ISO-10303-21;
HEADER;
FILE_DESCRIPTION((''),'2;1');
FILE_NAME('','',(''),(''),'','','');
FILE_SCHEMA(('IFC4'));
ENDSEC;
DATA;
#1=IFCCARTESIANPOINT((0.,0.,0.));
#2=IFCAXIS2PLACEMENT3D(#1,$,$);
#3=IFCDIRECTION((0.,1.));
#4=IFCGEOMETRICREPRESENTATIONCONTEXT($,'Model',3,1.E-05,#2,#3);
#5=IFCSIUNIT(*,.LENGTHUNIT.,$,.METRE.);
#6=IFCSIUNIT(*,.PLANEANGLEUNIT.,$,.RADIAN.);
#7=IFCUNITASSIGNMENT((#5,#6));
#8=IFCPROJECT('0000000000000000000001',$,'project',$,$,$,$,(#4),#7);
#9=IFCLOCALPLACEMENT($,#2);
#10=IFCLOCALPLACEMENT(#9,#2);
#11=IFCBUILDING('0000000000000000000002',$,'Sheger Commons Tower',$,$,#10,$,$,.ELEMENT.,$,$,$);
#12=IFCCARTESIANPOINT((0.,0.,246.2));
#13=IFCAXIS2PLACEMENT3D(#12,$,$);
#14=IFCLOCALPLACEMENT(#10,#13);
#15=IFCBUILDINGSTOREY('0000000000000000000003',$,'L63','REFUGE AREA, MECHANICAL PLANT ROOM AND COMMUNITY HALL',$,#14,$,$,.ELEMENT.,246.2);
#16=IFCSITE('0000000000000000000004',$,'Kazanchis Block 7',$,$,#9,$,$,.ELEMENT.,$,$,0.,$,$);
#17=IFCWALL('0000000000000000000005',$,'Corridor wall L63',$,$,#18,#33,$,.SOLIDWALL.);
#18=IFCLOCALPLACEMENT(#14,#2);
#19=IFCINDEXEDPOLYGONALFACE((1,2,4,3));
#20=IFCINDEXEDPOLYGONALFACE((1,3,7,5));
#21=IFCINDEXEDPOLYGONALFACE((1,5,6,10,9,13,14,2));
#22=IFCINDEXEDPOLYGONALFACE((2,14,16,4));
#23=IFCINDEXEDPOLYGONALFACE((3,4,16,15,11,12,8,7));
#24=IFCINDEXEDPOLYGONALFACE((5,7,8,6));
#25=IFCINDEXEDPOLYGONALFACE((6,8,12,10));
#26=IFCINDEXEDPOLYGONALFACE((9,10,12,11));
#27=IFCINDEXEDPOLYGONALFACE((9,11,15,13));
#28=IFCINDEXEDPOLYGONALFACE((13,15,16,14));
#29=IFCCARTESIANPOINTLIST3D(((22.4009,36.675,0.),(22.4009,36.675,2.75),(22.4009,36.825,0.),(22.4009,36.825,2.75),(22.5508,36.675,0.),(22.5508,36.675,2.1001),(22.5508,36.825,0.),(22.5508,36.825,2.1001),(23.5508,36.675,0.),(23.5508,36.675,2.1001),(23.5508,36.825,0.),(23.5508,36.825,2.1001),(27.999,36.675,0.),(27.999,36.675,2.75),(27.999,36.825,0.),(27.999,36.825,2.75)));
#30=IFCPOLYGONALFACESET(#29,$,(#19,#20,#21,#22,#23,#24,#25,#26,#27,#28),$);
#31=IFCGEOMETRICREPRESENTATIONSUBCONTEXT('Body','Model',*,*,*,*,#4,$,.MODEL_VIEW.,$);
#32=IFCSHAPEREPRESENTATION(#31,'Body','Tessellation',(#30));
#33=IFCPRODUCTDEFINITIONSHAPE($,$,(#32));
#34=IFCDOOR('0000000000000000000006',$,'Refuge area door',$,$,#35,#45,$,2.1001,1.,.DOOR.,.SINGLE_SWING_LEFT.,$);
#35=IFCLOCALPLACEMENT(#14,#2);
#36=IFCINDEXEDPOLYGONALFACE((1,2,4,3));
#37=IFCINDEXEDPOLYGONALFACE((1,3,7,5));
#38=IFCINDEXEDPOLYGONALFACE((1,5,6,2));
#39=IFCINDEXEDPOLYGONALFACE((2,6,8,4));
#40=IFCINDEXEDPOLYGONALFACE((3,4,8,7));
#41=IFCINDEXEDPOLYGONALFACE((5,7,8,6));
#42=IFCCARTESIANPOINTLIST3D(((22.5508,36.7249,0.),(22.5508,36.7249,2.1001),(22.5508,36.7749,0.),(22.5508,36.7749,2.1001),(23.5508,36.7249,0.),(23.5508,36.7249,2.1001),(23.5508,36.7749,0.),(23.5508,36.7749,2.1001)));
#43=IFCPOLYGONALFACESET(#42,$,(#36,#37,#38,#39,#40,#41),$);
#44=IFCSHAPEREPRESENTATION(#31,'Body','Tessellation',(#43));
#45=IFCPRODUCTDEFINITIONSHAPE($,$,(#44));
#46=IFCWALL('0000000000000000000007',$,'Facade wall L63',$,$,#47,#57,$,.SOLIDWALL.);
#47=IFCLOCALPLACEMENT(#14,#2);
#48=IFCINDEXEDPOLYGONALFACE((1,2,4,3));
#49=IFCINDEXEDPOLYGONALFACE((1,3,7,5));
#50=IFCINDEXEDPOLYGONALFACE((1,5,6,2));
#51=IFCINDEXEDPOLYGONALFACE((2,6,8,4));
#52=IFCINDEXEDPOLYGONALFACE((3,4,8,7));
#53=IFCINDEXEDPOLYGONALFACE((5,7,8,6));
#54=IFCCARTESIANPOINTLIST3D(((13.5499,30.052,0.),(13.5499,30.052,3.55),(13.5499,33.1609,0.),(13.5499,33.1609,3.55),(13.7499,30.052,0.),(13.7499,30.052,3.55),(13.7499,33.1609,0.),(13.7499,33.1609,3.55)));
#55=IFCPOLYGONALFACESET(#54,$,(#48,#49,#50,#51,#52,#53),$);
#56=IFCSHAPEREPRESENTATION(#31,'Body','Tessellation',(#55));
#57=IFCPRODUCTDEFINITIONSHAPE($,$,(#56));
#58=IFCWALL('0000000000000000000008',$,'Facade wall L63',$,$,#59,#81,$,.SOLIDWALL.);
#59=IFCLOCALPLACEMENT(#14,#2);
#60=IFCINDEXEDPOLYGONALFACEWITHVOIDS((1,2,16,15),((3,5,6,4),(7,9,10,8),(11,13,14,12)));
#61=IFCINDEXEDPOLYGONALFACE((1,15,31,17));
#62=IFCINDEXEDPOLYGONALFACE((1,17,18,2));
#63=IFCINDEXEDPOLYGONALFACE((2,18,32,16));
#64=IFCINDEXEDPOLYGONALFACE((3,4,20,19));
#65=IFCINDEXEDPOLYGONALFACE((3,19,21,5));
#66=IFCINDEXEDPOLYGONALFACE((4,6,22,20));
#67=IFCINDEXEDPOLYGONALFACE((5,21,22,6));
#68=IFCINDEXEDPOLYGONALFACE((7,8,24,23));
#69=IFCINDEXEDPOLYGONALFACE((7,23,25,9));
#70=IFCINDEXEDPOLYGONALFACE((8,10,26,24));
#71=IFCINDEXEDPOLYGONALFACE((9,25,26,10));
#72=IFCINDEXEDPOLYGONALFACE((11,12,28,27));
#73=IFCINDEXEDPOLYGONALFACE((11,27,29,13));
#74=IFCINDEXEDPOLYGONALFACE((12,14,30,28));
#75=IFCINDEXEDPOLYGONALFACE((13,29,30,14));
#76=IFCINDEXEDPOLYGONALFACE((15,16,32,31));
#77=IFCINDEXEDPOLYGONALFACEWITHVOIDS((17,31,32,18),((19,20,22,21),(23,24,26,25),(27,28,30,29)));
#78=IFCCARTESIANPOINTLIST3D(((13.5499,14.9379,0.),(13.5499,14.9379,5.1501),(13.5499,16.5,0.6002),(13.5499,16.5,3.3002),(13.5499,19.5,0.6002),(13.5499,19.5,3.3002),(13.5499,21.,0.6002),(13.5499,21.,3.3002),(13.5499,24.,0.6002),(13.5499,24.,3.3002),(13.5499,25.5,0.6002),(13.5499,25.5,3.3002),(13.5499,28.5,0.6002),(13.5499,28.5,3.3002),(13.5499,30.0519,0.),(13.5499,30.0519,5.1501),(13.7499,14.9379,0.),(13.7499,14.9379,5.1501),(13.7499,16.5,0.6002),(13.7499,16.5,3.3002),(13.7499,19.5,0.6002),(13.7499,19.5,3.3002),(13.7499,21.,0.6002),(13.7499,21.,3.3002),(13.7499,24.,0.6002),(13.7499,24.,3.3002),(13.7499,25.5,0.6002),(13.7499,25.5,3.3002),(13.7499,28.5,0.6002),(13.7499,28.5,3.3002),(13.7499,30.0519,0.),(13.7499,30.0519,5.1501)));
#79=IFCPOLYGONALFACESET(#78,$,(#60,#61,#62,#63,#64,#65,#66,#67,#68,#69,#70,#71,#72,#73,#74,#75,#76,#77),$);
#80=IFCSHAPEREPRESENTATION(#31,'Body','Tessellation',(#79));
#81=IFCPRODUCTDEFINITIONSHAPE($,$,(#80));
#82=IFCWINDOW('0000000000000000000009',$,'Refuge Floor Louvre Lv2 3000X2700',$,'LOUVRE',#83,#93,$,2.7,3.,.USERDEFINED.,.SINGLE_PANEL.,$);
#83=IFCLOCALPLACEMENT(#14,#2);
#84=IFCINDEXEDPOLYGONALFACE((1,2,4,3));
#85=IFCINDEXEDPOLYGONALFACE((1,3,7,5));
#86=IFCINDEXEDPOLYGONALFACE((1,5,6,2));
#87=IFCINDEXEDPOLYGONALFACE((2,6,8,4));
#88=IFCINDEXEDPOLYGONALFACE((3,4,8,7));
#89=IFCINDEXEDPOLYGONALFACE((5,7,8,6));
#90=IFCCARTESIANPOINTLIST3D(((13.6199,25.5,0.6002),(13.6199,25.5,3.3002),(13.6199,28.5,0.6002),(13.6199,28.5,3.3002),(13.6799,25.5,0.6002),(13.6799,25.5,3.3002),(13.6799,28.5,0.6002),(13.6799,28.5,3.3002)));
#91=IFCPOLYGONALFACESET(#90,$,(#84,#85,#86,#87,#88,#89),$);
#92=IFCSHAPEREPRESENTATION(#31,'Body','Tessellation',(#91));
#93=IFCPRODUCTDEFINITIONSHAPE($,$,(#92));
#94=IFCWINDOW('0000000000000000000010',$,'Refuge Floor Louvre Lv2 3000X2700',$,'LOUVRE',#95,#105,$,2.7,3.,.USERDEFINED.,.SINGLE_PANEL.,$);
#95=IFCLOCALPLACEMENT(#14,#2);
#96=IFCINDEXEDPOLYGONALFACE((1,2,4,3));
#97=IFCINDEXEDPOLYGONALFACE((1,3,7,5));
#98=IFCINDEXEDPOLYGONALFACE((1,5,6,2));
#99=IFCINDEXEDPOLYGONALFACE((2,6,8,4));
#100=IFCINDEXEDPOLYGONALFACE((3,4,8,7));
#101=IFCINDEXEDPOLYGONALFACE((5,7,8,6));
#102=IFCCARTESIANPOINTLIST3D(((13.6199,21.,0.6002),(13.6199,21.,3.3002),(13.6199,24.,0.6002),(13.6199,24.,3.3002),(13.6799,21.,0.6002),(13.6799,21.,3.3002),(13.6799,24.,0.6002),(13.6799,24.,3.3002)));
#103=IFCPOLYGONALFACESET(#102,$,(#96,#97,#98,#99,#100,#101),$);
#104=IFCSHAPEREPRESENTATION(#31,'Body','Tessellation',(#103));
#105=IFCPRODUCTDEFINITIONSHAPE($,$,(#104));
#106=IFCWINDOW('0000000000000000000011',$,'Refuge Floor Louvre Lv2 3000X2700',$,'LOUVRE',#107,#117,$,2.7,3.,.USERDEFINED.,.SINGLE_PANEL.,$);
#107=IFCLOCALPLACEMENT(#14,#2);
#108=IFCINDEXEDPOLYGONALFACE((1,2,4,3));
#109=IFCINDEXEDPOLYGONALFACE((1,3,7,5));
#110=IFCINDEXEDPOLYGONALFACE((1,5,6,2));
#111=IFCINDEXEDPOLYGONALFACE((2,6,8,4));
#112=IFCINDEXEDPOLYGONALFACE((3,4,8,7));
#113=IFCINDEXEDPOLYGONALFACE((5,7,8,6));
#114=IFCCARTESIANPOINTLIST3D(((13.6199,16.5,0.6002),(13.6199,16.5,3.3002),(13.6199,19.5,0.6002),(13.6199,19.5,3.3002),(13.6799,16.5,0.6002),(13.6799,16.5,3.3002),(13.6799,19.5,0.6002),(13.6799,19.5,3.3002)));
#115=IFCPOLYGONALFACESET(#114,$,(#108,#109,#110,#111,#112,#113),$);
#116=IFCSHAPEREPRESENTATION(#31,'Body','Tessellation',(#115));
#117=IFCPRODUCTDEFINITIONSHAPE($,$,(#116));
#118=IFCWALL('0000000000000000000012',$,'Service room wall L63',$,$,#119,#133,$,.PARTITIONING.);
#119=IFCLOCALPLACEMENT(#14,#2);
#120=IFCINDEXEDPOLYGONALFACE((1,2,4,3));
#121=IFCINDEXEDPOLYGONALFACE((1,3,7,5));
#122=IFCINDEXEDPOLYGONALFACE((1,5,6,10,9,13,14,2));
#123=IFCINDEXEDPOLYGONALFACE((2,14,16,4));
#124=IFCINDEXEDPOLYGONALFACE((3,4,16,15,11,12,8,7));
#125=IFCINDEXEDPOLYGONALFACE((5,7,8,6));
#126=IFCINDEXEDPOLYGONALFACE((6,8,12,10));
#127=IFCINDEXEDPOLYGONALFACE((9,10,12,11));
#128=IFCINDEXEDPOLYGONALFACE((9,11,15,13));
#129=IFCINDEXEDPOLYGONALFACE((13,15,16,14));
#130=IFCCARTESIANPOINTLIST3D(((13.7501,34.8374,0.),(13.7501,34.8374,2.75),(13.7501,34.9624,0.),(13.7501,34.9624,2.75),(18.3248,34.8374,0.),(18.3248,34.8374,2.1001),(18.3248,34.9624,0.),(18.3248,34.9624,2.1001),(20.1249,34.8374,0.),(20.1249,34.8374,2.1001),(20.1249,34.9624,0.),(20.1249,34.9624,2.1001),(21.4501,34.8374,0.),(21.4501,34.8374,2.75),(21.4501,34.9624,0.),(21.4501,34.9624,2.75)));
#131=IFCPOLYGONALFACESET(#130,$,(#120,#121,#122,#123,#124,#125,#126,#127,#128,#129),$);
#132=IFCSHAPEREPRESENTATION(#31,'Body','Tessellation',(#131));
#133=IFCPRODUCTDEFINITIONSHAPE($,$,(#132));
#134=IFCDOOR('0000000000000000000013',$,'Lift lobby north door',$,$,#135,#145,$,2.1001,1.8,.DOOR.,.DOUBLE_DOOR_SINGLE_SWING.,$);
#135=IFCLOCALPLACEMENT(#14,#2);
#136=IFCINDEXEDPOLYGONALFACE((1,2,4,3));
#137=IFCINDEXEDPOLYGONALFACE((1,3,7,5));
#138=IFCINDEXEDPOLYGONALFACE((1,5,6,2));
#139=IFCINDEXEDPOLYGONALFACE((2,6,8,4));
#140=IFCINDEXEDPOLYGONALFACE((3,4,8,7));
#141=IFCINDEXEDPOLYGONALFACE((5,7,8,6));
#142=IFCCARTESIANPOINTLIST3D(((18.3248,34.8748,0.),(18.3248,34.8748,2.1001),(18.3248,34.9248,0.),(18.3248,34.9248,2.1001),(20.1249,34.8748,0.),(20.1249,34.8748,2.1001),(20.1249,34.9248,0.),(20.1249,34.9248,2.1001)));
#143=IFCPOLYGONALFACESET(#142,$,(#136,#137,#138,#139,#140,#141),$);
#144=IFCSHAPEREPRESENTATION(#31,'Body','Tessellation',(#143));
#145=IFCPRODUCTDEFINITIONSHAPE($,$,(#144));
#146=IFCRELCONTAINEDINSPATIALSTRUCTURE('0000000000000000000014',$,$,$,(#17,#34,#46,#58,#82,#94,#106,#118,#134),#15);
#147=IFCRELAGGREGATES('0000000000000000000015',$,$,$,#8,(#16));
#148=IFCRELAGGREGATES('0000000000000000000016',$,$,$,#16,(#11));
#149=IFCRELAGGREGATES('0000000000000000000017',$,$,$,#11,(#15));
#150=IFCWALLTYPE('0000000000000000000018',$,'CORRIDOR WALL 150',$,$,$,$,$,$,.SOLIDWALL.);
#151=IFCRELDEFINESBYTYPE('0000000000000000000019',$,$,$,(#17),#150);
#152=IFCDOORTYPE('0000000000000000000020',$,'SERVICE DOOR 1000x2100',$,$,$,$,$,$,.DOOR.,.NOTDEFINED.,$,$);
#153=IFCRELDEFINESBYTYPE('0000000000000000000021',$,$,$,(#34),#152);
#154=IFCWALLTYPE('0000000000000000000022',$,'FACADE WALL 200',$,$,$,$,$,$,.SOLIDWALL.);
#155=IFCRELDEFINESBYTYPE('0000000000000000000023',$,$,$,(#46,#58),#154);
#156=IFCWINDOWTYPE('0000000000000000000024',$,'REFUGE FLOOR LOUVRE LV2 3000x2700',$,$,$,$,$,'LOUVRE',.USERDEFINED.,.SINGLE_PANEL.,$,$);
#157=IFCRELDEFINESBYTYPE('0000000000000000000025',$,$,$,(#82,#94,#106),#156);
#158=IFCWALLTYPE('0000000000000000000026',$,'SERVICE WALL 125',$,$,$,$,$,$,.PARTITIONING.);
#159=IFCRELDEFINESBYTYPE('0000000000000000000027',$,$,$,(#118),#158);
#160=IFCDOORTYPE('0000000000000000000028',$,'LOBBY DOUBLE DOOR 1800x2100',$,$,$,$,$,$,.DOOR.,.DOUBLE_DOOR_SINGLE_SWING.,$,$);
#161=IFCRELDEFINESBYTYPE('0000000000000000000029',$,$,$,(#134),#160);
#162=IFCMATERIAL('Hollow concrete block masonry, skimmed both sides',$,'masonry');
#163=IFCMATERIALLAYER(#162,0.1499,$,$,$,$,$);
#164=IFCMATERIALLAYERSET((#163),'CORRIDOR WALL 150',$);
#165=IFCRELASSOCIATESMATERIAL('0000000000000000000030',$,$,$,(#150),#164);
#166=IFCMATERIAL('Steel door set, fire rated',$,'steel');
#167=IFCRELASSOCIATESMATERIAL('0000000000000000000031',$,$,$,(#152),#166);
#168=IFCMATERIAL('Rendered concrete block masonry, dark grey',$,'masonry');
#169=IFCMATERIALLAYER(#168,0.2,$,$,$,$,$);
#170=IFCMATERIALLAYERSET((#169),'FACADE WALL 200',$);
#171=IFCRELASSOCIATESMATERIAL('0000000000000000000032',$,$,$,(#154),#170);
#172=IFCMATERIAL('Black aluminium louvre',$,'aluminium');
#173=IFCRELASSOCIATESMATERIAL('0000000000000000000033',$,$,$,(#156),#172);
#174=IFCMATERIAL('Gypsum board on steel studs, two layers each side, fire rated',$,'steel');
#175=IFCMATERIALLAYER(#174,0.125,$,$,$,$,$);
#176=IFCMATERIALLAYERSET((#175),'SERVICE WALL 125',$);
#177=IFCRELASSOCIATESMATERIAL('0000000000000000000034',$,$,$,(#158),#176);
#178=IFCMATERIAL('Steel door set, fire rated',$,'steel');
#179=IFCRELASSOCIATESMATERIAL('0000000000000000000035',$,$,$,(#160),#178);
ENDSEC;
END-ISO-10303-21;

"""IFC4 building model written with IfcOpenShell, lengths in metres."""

from ifc_helpers import new_model, si_unit, direction, frame, frame_2d, origin, place, context, subcontext, project, spatial, rectangle, extrude, material, layer, layer_set, type_object, element, fill, save


model = new_model("IFC4")

# Units and contexts
model_context = context("Model", 3, precision=1e-05, world=origin(), true_north=direction((0.0, 1.0)))
body_context = subcontext(model_context, "Body", "Model", "MODEL_VIEW")
ifc_project = project(units=[si_unit("LENGTHUNIT", "METRE"), si_unit("PLANEANGLEUNIT", "RADIAN")], contexts=[model_context])

# Site, building, storey
site_placement = place(None, origin())
site = spatial("IfcSite", under=ifc_project, at=site_placement, Name="Kazanchis Block 7", CompositionType="ELEMENT", RefElevation=0.0)
building_placement = place(site_placement, origin())
building = spatial("IfcBuilding", under=site, at=building_placement, Name="Sheger Commons Tower", CompositionType="ELEMENT")
storey_placement = place(building_placement, frame((0.0, 0.0, 246.2)))
storey = spatial("IfcBuildingStorey", under=building, at=storey_placement, Name="L63", Description="REFUGE AREA, MECHANICAL PLANT ROOM AND COMMUNITY HALL", CompositionType="ELEMENT", Elevation=246.2)

# Shared definitions
ifc_material_1 = material(Name="Hollow concrete block masonry, skimmed both sides", Category="masonry")
ifc_layer_1 = layer(ifc_material_1, 0.1499)
ifc_layer_set_1 = layer_set([ifc_layer_1], Name="CORRIDOR WALL 150")
wall_type_1 = type_object("IfcWallType", Name="CORRIDOR WALL 150", PredefinedType="SOLIDWALL", material=ifc_layer_set_1)

# Wall, opening, door
wall_1_placement = place(storey_placement, frame((22.4009, 36.75, 0.0), z_axis=(0.0, 0.0, 1.0), x_axis=(1.0, 0.0, 0.0)))
wall_1 = element("IfcWall", 1, at=wall_1_placement, inside=storey, type_object=wall_type_1, Name="Corridor wall L63", PredefinedType="SOLIDWALL", context=body_context, shape_type="SweptSolid", body=[
    extrude(rectangle(XDim=5.5981, YDim=0.1499, at=frame_2d((2.7991, 0.0))), origin(), (0.0, 0.0, 1.0), 2.75),
])
opening_1_placement = place(wall_1_placement, frame((0.1499, 0.0, 0.0)))
opening_1 = element("IfcOpeningElement", 2, at=opening_1_placement, cuts=wall_1, PredefinedType="OPENING", context=body_context, shape_type="SweptSolid", body=[
    extrude(rectangle(XDim=1.0, YDim=2.1001, at=frame_2d((0.5, 1.05))), frame((0.0, 0.085, 0.0), z_axis=(0.0, -1.0, 0.0), x_axis=(1.0, 0.0, 0.0)), (0.0, 0.0, 1.0), 0.1699),
])
ifc_material_2 = material(Name="Steel door set, fire rated", Category="steel")
door_type_1 = type_object("IfcDoorType", Name="SERVICE DOOR 1000x2100", OperationType="NOTDEFINED", PredefinedType="DOOR", material=ifc_material_2)
door_1_placement = place(opening_1_placement, origin())
door_1 = element("IfcDoor", 3, at=door_1_placement, inside=storey, type_object=door_type_1, Name="Refuge area door", OperationType="SINGLE_SWING_LEFT", OverallHeight=2.1001, OverallWidth=1.0, PredefinedType="DOOR", context=body_context, shape_type="SweptSolid", body=[
    extrude(rectangle(XDim=1.0, YDim=2.1001, at=frame_2d((0.5, 1.05))), frame((0.0, 0.0249, 0.0), z_axis=(0.0, -1.0, 0.0), x_axis=(1.0, 0.0, 0.0)), (0.0, 0.0, 1.0), 0.05),
])
fill(opening_1, door_1)

# Wall
ifc_material_3 = material(Name="Rendered concrete block masonry, dark grey", Category="masonry")
ifc_layer_2 = layer(ifc_material_3, 0.2)
ifc_layer_set_2 = layer_set([ifc_layer_2], Name="FACADE WALL 200")
wall_type_2 = type_object("IfcWallType", Name="FACADE WALL 200", PredefinedType="SOLIDWALL", material=ifc_layer_set_2)
wall_2_placement = place(storey_placement, frame((13.6499, 33.1609, 0.0), z_axis=(0.0, 0.0, 1.0), x_axis=(0.0, -1.0, 0.0)))
element("IfcWall", 4, at=wall_2_placement, inside=storey, type_object=wall_type_2, Name="Facade wall L63", PredefinedType="SOLIDWALL", context=body_context, shape_type="SweptSolid", body=[
    extrude(rectangle(XDim=3.1089, YDim=0.2, at=frame_2d((1.5544, 0.0))), origin(), (0.0, 0.0, 1.0), 3.55),
])

# Wall, openings, windows
wall_3_placement = place(storey_placement, frame((13.6499, 30.052, 0.0), z_axis=(0.0, 0.0, 1.0), x_axis=(0.0, -1.0, 0.0)))
wall_3 = element("IfcWall", 5, at=wall_3_placement, inside=storey, type_object=wall_type_2, Name="Facade wall L63", PredefinedType="SOLIDWALL", context=body_context, shape_type="SweptSolid", body=[
    extrude(rectangle(XDim=15.114, YDim=0.2, at=frame_2d((7.5571, 0.0))), origin(), (0.0, 0.0, 1.0), 5.1501),
])
opening_2_placement = place(wall_3_placement, frame((1.552, 0.0, 0.6001)))
opening_2 = element("IfcOpeningElement", 6, at=opening_2_placement, cuts=wall_3, PredefinedType="OPENING", context=body_context, shape_type="SweptSolid", body=[
    extrude(rectangle(XDim=3.0, YDim=2.7, at=frame_2d((1.5, 1.3501))), frame((0.0, 0.1099, 0.0), z_axis=(0.0, -1.0, 0.0), x_axis=(1.0, 0.0, 0.0)), (0.0, 0.0, 1.0), 0.22),
])
opening_3_placement = place(wall_3_placement, frame((6.052, 0.0, 0.6001)))
opening_3 = element("IfcOpeningElement", 7, at=opening_3_placement, cuts=wall_3, PredefinedType="OPENING", context=body_context, shape_type="SweptSolid", body=[
    extrude(rectangle(XDim=3.0, YDim=2.7, at=frame_2d((1.5, 1.3501))), frame((0.0, 0.1099, 0.0), z_axis=(0.0, -1.0, 0.0), x_axis=(1.0, 0.0, 0.0)), (0.0, 0.0, 1.0), 0.22),
])
opening_4_placement = place(wall_3_placement, frame((10.552, 0.0, 0.6001)))
opening_4 = element("IfcOpeningElement", 8, at=opening_4_placement, cuts=wall_3, PredefinedType="OPENING", context=body_context, shape_type="SweptSolid", body=[
    extrude(rectangle(XDim=3.0, YDim=2.7, at=frame_2d((1.5, 1.3501))), frame((0.0, 0.1099, 0.0), z_axis=(0.0, -1.0, 0.0), x_axis=(1.0, 0.0, 0.0)), (0.0, 0.0, 1.0), 0.22),
])
ifc_material_4 = material(Name="Black aluminium louvre", Category="aluminium")
window_type = type_object("IfcWindowType", Name="REFUGE FLOOR LOUVRE LV2 3000x2700", ElementType="LOUVRE", PartitioningType="SINGLE_PANEL", PredefinedType="USERDEFINED", material=ifc_material_4)
window_1_placement = place(opening_2_placement, origin())
window_1 = element("IfcWindow", 9, at=window_1_placement, inside=storey, type_object=window_type, Name="Refuge Floor Louvre Lv2 3000X2700", ObjectType="LOUVRE", OverallHeight=2.7, OverallWidth=3.0, PartitioningType="SINGLE_PANEL", PredefinedType="USERDEFINED", context=body_context, shape_type="SweptSolid", body=[
    extrude(rectangle(XDim=3.0, YDim=2.7, at=frame_2d((1.5, 1.3501))), frame((0.0, 0.03, 0.0), z_axis=(0.0, -1.0, 0.0), x_axis=(1.0, 0.0, 0.0)), (0.0, 0.0, 1.0), 0.0601),
])
fill(opening_2, window_1)
window_2_placement = place(opening_3_placement, origin())
window_2 = element("IfcWindow", 10, at=window_2_placement, inside=storey, type_object=window_type, Name="Refuge Floor Louvre Lv2 3000X2700", ObjectType="LOUVRE", OverallHeight=2.7, OverallWidth=3.0, PartitioningType="SINGLE_PANEL", PredefinedType="USERDEFINED", context=body_context, shape_type="SweptSolid", body=[
    extrude(rectangle(XDim=3.0, YDim=2.7, at=frame_2d((1.5, 1.3501))), frame((0.0, 0.03, 0.0), z_axis=(0.0, -1.0, 0.0), x_axis=(1.0, 0.0, 0.0)), (0.0, 0.0, 1.0), 0.0601),
])
fill(opening_3, window_2)
window_3_placement = place(opening_4_placement, origin())
window_3 = element("IfcWindow", 11, at=window_3_placement, inside=storey, type_object=window_type, Name="Refuge Floor Louvre Lv2 3000X2700", ObjectType="LOUVRE", OverallHeight=2.7, OverallWidth=3.0, PartitioningType="SINGLE_PANEL", PredefinedType="USERDEFINED", context=body_context, shape_type="SweptSolid", body=[
    extrude(rectangle(XDim=3.0, YDim=2.7, at=frame_2d((1.5, 1.3501))), frame((0.0, 0.03, 0.0), z_axis=(0.0, -1.0, 0.0), x_axis=(1.0, 0.0, 0.0)), (0.0, 0.0, 1.0), 0.0601),
])
fill(opening_4, window_3)

# Wall, opening, door
ifc_material_5 = material(Name="Gypsum board on steel studs, two layers each side, fire rated", Category="steel")
ifc_layer_3 = layer(ifc_material_5, 0.125)
ifc_layer_set_3 = layer_set([ifc_layer_3], Name="SERVICE WALL 125")
wall_type_3 = type_object("IfcWallType", Name="SERVICE WALL 125", PredefinedType="PARTITIONING", material=ifc_layer_set_3)
wall_4_placement = place(storey_placement, frame((13.75, 34.8999, 0.0), z_axis=(0.0, 0.0, 1.0), x_axis=(1.0, 0.0, 0.0)))
wall_4 = element("IfcWall", 12, at=wall_4_placement, inside=storey, type_object=wall_type_3, Name="Service room wall L63", PredefinedType="PARTITIONING", context=body_context, shape_type="SweptSolid", body=[
    extrude(rectangle(XDim=7.7, YDim=0.125, at=frame_2d((3.8501, 0.0))), origin(), (0.0, 0.0, 1.0), 2.75),
])
opening_5_placement = place(wall_4_placement, frame((4.575, 0.0, 0.0)))
opening_5 = element("IfcOpeningElement", 13, at=opening_5_placement, cuts=wall_4, PredefinedType="OPENING", context=body_context, shape_type="SweptSolid", body=[
    extrude(rectangle(XDim=1.8, YDim=2.1001, at=frame_2d((0.8999, 1.05))), frame((0.0, 0.0725, 0.0), z_axis=(0.0, -1.0, 0.0), x_axis=(1.0, 0.0, 0.0)), (0.0, 0.0, 1.0), 0.145),
])
ifc_material_6 = material(Name="Steel door set, fire rated", Category="steel")
door_type_2 = type_object("IfcDoorType", Name="LOBBY DOUBLE DOOR 1800x2100", OperationType="DOUBLE_DOOR_SINGLE_SWING", PredefinedType="DOOR", material=ifc_material_6)
door_2_placement = place(opening_5_placement, origin())
door_2 = element("IfcDoor", 14, at=door_2_placement, inside=storey, type_object=door_type_2, Name="Lift lobby north door", OperationType="DOUBLE_DOOR_SINGLE_SWING", OverallHeight=2.1001, OverallWidth=1.8, PredefinedType="DOOR", context=body_context, shape_type="SweptSolid", body=[
    extrude(rectangle(XDim=1.8, YDim=2.1001, at=frame_2d((0.8999, 1.05))), frame((0.0, 0.0249, 0.0), z_axis=(0.0, -1.0, 0.0), x_axis=(1.0, 0.0, 0.0)), (0.0, 0.0, 1.0), 0.05),
])
fill(opening_5, door_2)

save(model, "model.ifc")
